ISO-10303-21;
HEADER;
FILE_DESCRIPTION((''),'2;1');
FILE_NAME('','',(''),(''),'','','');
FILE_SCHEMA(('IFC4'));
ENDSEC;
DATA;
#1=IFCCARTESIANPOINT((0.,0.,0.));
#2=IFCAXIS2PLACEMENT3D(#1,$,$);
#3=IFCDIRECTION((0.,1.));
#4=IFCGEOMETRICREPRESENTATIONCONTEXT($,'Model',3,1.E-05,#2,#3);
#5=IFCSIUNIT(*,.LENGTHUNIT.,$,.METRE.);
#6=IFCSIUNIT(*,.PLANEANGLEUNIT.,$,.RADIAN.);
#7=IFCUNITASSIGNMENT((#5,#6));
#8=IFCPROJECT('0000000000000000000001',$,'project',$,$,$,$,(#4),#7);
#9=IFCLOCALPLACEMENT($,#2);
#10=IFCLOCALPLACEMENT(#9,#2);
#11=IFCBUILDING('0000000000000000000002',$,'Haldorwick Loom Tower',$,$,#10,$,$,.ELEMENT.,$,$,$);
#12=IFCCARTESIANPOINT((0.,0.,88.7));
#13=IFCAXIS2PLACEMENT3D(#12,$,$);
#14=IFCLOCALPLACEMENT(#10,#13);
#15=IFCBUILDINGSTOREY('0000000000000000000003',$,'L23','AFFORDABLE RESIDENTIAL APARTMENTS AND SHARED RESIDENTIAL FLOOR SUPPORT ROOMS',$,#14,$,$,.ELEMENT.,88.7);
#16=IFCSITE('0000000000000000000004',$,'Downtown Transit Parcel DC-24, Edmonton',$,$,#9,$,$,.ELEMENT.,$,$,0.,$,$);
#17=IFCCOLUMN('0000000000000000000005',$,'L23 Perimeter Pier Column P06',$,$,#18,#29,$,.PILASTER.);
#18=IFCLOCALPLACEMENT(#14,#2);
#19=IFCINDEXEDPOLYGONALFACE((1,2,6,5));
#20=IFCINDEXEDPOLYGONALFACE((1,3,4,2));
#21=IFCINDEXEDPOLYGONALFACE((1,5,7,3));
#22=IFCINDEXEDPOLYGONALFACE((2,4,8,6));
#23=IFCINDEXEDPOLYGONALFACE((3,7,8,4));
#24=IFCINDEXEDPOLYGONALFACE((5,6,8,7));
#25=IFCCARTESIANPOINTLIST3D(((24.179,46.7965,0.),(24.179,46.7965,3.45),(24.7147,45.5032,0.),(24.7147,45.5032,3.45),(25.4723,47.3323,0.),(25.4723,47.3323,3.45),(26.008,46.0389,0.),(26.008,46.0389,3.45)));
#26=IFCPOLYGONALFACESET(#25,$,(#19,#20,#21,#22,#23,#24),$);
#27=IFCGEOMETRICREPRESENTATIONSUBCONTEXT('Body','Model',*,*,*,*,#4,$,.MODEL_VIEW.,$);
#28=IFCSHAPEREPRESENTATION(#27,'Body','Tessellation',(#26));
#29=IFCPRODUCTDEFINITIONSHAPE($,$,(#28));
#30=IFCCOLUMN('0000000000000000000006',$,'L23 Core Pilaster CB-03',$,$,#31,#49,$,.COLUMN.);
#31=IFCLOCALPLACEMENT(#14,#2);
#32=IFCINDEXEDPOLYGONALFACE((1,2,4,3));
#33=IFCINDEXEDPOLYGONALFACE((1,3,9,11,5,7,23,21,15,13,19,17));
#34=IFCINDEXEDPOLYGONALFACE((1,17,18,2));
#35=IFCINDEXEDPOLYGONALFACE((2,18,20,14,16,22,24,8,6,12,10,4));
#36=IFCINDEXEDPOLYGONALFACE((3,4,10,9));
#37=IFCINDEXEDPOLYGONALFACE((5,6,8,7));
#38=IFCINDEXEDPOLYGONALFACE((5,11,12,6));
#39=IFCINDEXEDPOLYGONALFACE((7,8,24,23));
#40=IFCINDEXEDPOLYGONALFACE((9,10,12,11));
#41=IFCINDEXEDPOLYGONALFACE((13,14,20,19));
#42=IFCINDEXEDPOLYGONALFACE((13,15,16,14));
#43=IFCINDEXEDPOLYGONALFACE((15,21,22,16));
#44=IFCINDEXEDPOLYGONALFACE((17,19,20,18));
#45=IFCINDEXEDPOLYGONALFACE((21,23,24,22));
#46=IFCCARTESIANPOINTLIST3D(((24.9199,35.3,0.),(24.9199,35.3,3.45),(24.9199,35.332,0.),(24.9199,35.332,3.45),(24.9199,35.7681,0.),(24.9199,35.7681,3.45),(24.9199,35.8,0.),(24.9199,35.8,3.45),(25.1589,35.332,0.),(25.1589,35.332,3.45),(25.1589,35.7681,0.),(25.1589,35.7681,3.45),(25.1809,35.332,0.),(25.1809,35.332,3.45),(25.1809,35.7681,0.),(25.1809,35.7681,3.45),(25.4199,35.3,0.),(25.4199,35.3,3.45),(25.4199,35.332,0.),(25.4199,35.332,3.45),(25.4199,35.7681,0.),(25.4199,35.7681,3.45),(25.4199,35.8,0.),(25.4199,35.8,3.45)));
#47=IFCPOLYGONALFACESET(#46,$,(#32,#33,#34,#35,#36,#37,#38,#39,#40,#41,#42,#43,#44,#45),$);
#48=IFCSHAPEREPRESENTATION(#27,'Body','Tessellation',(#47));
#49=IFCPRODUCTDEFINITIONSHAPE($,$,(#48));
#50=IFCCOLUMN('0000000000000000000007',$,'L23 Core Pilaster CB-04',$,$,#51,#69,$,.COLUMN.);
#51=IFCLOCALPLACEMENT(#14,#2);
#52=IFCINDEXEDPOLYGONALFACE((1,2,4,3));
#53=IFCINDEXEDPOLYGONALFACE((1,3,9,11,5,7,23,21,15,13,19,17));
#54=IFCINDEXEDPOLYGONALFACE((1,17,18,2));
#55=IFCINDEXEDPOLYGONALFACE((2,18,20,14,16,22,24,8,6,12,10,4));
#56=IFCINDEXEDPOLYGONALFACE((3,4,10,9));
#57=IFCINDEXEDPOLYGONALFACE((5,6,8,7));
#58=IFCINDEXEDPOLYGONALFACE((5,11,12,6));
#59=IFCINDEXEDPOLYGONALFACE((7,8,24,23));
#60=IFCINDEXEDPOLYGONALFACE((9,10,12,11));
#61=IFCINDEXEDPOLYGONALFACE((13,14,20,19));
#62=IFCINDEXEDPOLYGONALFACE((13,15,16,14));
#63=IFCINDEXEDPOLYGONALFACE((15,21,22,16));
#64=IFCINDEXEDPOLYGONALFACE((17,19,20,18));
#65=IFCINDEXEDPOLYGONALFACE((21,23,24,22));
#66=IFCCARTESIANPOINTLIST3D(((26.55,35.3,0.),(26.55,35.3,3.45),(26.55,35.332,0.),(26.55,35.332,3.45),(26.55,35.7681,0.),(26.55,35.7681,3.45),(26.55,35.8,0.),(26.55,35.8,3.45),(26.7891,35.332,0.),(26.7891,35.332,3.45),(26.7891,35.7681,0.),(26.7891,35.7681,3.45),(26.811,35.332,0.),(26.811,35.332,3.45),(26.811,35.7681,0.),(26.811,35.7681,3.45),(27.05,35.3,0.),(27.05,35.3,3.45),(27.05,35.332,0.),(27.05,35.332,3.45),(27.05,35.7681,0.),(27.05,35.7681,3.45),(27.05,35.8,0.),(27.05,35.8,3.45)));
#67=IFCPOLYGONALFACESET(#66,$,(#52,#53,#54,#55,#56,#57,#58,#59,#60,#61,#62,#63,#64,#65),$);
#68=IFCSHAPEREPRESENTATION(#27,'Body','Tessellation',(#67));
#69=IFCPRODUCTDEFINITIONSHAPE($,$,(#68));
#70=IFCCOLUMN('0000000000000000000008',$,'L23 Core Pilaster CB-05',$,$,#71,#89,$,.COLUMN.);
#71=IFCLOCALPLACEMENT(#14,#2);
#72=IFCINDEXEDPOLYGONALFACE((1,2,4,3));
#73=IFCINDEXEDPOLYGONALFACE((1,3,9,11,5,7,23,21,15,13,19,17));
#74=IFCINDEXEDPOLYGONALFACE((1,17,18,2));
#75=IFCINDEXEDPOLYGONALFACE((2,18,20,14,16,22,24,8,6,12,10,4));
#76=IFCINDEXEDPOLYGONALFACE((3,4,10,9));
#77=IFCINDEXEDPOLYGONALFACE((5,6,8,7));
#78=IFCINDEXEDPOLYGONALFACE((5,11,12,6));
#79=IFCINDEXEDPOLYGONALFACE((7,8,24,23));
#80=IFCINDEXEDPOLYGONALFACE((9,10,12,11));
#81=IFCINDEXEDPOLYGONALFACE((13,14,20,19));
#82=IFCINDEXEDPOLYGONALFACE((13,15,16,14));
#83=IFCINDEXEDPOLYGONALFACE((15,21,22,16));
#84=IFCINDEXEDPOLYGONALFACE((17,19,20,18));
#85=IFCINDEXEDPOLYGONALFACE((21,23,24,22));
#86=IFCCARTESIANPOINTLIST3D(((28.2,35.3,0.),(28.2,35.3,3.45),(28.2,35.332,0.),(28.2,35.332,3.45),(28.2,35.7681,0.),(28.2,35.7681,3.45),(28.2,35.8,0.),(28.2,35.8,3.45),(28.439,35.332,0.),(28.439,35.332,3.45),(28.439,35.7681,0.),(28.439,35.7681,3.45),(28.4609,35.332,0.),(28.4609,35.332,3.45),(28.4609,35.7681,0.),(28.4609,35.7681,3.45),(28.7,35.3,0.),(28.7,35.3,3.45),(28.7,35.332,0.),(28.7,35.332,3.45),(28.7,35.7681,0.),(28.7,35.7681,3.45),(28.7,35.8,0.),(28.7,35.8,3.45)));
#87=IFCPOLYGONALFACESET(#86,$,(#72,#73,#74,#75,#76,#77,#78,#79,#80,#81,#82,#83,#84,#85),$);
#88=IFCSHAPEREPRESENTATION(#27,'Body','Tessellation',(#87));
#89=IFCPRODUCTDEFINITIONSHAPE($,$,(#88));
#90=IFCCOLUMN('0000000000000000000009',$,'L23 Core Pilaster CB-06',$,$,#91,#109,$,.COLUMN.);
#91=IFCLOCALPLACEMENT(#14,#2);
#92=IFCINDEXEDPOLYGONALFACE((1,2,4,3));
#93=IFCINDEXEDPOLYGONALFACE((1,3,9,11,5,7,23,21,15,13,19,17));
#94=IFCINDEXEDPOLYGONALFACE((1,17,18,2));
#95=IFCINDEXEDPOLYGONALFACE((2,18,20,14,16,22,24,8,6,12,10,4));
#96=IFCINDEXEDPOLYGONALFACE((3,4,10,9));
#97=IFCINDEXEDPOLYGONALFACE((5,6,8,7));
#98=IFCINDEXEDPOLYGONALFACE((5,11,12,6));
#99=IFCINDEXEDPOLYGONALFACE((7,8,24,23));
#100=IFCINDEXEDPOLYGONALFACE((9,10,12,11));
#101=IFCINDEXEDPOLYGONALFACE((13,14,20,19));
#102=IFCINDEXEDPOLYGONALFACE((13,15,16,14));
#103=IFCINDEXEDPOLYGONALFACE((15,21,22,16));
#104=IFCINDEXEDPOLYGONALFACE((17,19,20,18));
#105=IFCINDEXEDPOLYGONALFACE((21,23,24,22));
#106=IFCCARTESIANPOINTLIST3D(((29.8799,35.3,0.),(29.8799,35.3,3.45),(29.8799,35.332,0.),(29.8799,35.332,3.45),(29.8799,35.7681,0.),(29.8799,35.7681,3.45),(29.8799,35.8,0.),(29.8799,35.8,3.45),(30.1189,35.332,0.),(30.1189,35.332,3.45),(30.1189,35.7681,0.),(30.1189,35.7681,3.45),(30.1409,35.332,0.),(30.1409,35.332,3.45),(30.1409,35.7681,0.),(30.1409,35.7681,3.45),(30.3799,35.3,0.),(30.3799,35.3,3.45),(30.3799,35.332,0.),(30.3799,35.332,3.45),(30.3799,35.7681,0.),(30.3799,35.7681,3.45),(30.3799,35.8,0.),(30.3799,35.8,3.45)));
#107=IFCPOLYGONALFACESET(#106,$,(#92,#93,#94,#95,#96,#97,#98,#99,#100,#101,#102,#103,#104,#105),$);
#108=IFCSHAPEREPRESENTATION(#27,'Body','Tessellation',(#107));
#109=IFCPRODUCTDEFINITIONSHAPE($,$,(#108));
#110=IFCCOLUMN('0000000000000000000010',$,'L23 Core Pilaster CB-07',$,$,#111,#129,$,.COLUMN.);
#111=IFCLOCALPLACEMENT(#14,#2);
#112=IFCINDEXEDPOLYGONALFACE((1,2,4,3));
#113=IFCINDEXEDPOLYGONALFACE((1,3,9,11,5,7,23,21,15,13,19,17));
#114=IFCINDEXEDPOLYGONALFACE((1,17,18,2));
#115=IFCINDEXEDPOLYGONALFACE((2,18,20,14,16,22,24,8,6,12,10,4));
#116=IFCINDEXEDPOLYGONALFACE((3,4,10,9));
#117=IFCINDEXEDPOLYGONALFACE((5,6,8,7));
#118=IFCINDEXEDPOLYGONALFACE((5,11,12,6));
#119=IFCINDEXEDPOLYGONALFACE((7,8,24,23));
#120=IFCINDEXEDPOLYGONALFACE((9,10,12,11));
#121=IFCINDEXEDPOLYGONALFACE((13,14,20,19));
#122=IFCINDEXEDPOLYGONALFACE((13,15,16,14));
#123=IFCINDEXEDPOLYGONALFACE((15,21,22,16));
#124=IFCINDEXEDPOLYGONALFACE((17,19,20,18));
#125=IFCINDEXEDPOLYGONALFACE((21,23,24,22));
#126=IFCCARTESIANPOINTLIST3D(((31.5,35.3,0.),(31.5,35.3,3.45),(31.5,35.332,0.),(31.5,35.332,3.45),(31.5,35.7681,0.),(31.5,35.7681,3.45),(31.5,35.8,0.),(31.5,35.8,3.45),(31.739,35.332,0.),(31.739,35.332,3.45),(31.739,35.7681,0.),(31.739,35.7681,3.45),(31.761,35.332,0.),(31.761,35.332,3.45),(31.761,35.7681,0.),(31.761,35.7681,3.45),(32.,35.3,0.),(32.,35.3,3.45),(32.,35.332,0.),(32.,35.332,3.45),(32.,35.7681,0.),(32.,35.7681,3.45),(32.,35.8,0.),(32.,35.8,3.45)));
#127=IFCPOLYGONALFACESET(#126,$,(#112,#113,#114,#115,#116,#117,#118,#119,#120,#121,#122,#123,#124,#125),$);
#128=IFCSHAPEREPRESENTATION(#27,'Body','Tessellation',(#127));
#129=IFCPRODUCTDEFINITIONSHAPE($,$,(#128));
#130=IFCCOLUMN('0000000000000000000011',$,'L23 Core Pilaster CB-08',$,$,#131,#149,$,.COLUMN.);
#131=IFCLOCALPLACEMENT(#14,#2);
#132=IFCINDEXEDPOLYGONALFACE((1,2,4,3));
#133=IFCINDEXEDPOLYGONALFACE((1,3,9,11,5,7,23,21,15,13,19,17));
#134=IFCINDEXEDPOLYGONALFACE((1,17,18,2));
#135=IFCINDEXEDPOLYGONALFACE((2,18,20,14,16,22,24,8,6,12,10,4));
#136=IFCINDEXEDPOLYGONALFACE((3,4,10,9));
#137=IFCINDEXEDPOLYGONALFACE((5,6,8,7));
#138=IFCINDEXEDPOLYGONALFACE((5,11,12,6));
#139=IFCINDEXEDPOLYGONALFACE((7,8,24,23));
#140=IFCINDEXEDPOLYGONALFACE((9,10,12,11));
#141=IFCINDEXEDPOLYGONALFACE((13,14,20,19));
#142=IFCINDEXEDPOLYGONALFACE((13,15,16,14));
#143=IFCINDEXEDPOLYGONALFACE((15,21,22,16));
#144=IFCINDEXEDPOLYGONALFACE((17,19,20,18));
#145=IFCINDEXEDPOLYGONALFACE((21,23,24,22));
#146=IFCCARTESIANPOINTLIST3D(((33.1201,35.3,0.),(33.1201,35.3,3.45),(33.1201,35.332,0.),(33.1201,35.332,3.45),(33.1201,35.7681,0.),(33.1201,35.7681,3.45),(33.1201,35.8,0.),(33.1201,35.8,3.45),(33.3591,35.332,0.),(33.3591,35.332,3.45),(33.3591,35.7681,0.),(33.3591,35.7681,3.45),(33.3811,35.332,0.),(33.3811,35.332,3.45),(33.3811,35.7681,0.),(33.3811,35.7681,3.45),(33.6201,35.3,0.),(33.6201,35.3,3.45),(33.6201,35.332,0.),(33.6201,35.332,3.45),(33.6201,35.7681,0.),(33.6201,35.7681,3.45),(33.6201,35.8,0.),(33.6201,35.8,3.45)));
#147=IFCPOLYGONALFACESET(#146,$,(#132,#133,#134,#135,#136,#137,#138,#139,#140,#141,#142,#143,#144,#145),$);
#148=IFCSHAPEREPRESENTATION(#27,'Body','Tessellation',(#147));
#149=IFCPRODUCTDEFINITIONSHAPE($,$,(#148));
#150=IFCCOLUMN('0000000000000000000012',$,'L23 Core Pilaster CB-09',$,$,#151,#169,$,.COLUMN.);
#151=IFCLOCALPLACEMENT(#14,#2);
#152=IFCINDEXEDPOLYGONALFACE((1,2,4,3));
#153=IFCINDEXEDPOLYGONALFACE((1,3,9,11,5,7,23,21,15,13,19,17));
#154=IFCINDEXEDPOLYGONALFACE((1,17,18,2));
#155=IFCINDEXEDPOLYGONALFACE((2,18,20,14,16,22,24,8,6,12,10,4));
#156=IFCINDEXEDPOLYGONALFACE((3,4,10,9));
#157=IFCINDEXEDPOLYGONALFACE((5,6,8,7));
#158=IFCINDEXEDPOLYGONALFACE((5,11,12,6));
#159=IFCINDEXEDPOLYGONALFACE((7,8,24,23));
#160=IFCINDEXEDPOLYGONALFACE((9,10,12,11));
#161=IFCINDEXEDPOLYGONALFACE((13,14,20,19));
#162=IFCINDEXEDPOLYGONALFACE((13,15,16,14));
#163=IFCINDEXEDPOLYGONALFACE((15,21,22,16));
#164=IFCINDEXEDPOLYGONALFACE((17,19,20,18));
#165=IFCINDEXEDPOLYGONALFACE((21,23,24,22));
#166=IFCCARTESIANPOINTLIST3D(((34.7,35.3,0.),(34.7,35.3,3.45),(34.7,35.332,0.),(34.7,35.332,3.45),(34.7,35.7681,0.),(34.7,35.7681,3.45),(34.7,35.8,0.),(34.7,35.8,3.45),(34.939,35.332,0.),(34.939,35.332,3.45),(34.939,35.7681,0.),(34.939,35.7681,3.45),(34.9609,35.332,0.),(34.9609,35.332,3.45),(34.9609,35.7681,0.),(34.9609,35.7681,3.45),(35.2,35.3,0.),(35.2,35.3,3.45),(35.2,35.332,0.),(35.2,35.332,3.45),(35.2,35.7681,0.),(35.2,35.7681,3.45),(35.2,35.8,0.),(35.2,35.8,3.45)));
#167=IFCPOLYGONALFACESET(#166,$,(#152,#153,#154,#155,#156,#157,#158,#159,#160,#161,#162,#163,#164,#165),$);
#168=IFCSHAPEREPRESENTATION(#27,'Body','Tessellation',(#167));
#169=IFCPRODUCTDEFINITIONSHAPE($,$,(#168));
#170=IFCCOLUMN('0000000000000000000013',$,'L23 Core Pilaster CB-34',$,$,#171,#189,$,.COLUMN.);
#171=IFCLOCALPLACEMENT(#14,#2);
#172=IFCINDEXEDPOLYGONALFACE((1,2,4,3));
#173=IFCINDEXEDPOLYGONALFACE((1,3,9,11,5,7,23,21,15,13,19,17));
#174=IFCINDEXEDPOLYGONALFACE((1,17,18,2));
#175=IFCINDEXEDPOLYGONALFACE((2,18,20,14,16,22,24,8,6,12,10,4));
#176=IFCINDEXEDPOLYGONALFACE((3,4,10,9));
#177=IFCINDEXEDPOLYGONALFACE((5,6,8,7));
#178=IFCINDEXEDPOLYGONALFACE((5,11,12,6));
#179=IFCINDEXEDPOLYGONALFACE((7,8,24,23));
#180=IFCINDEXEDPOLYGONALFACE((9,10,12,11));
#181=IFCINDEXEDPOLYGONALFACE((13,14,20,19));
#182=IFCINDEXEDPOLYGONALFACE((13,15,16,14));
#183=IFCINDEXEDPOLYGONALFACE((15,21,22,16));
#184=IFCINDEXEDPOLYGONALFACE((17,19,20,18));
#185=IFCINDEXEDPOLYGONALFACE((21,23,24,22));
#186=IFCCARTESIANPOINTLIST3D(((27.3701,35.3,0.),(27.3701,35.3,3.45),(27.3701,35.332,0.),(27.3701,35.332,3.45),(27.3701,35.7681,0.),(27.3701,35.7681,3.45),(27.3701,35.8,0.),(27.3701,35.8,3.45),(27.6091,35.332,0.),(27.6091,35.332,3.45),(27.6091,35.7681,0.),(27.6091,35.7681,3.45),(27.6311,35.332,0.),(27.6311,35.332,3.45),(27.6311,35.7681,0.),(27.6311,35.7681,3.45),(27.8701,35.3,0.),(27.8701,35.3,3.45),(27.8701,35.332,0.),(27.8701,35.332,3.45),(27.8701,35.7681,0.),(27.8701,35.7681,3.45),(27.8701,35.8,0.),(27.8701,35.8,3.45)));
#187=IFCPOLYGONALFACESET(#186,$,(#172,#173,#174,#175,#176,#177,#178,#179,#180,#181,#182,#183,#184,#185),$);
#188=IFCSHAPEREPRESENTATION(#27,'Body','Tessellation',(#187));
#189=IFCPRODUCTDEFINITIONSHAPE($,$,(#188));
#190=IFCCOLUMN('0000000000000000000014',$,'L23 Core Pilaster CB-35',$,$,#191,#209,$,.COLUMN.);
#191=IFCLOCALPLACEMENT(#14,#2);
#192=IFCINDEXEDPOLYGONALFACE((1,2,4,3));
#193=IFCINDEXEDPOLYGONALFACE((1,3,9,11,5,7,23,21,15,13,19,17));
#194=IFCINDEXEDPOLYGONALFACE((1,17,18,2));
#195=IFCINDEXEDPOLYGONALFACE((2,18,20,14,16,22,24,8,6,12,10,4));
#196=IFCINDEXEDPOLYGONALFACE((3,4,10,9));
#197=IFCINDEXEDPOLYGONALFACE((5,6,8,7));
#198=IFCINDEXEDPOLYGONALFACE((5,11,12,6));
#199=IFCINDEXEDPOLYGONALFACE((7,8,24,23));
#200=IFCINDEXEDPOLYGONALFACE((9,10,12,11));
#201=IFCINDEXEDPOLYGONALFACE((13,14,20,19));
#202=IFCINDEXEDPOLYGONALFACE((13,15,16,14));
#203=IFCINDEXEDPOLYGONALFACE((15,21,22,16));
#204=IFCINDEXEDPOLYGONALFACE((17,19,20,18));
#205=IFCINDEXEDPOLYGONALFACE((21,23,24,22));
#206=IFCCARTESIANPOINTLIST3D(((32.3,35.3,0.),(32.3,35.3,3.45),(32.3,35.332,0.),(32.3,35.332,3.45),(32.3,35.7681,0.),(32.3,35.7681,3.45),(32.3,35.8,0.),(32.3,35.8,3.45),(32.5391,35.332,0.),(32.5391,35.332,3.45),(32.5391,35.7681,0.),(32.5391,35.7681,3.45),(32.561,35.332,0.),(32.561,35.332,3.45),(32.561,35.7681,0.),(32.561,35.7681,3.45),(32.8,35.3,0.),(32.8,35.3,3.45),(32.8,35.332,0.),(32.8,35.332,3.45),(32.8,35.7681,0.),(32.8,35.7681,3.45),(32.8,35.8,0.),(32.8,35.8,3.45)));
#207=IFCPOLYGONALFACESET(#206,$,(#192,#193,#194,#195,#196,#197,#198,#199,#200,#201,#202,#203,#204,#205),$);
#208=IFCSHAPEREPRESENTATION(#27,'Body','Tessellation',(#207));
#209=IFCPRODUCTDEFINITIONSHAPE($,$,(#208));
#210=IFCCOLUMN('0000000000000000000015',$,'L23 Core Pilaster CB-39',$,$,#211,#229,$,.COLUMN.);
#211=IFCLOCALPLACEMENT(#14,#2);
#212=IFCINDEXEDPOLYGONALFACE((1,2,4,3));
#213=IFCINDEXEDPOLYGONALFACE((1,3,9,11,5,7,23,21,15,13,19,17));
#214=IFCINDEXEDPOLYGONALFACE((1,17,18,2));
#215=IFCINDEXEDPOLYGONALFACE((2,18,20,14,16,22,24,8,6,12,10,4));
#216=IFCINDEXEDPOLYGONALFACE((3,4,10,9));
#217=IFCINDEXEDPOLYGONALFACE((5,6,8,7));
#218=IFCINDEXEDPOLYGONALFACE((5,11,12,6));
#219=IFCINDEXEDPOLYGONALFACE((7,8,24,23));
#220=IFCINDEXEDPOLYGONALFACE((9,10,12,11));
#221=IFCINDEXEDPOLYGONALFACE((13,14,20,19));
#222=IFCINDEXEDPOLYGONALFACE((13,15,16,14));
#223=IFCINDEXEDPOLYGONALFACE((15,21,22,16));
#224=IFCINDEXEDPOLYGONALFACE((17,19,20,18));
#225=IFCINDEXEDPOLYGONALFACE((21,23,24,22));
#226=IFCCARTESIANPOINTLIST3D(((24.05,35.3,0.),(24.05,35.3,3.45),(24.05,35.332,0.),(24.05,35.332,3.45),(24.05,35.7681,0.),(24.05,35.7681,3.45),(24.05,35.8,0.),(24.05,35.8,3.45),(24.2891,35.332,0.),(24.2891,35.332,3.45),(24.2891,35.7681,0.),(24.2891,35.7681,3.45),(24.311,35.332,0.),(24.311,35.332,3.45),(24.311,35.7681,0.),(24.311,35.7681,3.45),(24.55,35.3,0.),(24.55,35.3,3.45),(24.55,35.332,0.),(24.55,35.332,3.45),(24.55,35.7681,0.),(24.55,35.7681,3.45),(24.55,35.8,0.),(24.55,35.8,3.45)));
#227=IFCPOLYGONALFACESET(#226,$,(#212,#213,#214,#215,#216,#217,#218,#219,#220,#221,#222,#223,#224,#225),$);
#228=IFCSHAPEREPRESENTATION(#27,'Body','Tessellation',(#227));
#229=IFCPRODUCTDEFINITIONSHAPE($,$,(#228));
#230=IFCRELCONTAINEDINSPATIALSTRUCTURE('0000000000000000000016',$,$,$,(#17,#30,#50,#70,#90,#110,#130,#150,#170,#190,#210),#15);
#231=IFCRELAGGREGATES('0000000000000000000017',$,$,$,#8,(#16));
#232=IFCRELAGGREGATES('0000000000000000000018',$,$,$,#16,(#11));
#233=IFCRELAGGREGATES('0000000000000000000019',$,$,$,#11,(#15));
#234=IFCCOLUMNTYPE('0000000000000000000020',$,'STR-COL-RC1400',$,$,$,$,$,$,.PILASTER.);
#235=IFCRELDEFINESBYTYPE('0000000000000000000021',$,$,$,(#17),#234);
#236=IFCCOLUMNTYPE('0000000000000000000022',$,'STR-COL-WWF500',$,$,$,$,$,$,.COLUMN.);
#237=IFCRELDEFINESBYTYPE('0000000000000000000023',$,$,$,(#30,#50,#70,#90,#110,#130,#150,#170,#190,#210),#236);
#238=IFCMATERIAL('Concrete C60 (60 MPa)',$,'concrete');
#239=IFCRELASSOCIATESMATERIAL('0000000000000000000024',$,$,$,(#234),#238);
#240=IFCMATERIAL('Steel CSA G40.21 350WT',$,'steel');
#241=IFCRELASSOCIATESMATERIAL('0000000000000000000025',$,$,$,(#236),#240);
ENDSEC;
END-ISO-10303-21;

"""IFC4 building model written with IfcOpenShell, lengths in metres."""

from ifc_helpers import new_model, si_unit, direction, frame, origin, origin_2d, place, context, subcontext, project, spatial, rectangle, i_section, extrude, material, material_profile, profile_set, type_object, element, save


model = new_model("IFC4")

# Units and contexts
model_context = context("Model", 3, precision=1e-05, world=origin(), true_north=direction((0.0, 1.0)))
body_context = subcontext(model_context, "Body", "Model", "MODEL_VIEW")
ifc_project = project(units=[si_unit("LENGTHUNIT", "METRE"), si_unit("PLANEANGLEUNIT", "RADIAN")], contexts=[model_context])

# Site, building, storey
site_placement = place(None, origin())
site = spatial("IfcSite", under=ifc_project, at=site_placement, Name="Downtown Transit Parcel DC-24, Edmonton", CompositionType="ELEMENT", RefElevation=0.0)
building_placement = place(site_placement, origin())
building = spatial("IfcBuilding", under=site, at=building_placement, Name="Haldorwick Loom Tower", CompositionType="ELEMENT")
storey_placement = place(building_placement, frame((0.0, 0.0, 88.7)))
storey = spatial("IfcBuildingStorey", under=building, at=storey_placement, Name="L23", Description="AFFORDABLE RESIDENTIAL APARTMENTS AND SHARED RESIDENTIAL FLOOR SUPPORT ROOMS", CompositionType="ELEMENT", Elevation=88.7)

# Columns
ifc_material_1 = material(Name="Concrete C60 (60 MPa)", Category="concrete")
ifc_material_profile_1 = material_profile(ifc_material_1, rectangle(XDim=1.3999, YDim=1.3999, at=origin_2d()), Name="RC1400X1400", Category="concrete")
ifc_profile_set_1 = profile_set([ifc_material_profile_1], Name="Concrete C60 (60 MPa)")
column_type_1 = type_object("IfcColumnType", Name="STR-COL-RC1400", PredefinedType="PILASTER", material=ifc_profile_set_1)
column_placement = place(storey_placement, frame((25.0935, 46.4177, 0.0), z_axis=(0.0, 0.0, 1.0), x_axis=(-0.382683, 0.92388, 0.0)))
element("IfcColumn", 1, at=column_placement, inside=storey, type_object=column_type_1, Name="L23 Perimeter Pier Column P06", PredefinedType="PILASTER", context=body_context, shape_type="SweptSolid", body=[
    extrude(rectangle(XDim=1.3999, YDim=1.3999, at=origin_2d()), origin(), (0.0, 0.0, 1.0), 3.45),
])
ifc_material_2 = material(Name="Steel CSA G40.21 350WT", Category="steel")
ifc_material_profile_2 = material_profile(ifc_material_2, i_section(OverallWidth=0.5, OverallDepth=0.5, WebThickness=0.022, FlangeThickness=0.032, at=origin_2d()), Name="WWF500X500", Category="steel")
ifc_profile_set_2 = profile_set([ifc_material_profile_2], Name="Steel CSA G40.21 350WT")
column_type_2 = type_object("IfcColumnType", Name="STR-COL-WWF500", PredefinedType="COLUMN", material=ifc_profile_set_2)
for number, where, z_axis, x_axis, name in (
    (2, (25.1699, 35.55, 0.0), (0.0, 0.0, 1.0), (1.0, 0.0, 0.0), "L23 Core Pilaster CB-03"),
    (3, (26.8, 35.55, 0.0), (0.0, 0.0, 1.0), (1.0, 0.0, 0.0), "L23 Core Pilaster CB-04"),
    (4, (28.45, 35.55, 0.0), (0.0, 0.0, 1.0), (1.0, 0.0, 0.0), "L23 Core Pilaster CB-05"),
    (5, (30.1299, 35.55, 0.0), (0.0, 0.0, 1.0), (1.0, 0.0, 0.0), "L23 Core Pilaster CB-06"),
    (6, (31.75, 35.55, 0.0), (0.0, 0.0, 1.0), (1.0, 0.0, 0.0), "L23 Core Pilaster CB-07"),
    (7, (33.3701, 35.55, 0.0), (0.0, 0.0, 1.0), (1.0, 0.0, 0.0), "L23 Core Pilaster CB-08"),
    (8, (34.95, 35.55, 0.0), (0.0, 0.0, 1.0), (1.0, 0.0, 0.0), "L23 Core Pilaster CB-09"),
    (9, (27.6201, 35.55, 0.0), (0.0, 0.0, 1.0), (1.0, 0.0, 0.0), "L23 Core Pilaster CB-34"),
    (10, (32.55, 35.55, 0.0), (0.0, 0.0, 1.0), (1.0, 0.0, 0.0), "L23 Core Pilaster CB-35"),
    (11, (24.3, 35.55, 0.0), (0.0, 0.0, 1.0), (1.0, 0.0, 0.0), "L23 Core Pilaster CB-39"),
):
    element("IfcColumn", number, at=place(storey_placement, frame(where, z_axis=z_axis, x_axis=x_axis)), inside=storey, type_object=column_type_2, Name=name, PredefinedType="COLUMN", context=body_context, shape_type="SweptSolid", body=[
        extrude(i_section(OverallWidth=0.5, OverallDepth=0.5, WebThickness=0.022, FlangeThickness=0.032, at=origin_2d()), origin(), (0.0, 0.0, 1.0), 3.45),
    ])

save(model, "model.ifc")
